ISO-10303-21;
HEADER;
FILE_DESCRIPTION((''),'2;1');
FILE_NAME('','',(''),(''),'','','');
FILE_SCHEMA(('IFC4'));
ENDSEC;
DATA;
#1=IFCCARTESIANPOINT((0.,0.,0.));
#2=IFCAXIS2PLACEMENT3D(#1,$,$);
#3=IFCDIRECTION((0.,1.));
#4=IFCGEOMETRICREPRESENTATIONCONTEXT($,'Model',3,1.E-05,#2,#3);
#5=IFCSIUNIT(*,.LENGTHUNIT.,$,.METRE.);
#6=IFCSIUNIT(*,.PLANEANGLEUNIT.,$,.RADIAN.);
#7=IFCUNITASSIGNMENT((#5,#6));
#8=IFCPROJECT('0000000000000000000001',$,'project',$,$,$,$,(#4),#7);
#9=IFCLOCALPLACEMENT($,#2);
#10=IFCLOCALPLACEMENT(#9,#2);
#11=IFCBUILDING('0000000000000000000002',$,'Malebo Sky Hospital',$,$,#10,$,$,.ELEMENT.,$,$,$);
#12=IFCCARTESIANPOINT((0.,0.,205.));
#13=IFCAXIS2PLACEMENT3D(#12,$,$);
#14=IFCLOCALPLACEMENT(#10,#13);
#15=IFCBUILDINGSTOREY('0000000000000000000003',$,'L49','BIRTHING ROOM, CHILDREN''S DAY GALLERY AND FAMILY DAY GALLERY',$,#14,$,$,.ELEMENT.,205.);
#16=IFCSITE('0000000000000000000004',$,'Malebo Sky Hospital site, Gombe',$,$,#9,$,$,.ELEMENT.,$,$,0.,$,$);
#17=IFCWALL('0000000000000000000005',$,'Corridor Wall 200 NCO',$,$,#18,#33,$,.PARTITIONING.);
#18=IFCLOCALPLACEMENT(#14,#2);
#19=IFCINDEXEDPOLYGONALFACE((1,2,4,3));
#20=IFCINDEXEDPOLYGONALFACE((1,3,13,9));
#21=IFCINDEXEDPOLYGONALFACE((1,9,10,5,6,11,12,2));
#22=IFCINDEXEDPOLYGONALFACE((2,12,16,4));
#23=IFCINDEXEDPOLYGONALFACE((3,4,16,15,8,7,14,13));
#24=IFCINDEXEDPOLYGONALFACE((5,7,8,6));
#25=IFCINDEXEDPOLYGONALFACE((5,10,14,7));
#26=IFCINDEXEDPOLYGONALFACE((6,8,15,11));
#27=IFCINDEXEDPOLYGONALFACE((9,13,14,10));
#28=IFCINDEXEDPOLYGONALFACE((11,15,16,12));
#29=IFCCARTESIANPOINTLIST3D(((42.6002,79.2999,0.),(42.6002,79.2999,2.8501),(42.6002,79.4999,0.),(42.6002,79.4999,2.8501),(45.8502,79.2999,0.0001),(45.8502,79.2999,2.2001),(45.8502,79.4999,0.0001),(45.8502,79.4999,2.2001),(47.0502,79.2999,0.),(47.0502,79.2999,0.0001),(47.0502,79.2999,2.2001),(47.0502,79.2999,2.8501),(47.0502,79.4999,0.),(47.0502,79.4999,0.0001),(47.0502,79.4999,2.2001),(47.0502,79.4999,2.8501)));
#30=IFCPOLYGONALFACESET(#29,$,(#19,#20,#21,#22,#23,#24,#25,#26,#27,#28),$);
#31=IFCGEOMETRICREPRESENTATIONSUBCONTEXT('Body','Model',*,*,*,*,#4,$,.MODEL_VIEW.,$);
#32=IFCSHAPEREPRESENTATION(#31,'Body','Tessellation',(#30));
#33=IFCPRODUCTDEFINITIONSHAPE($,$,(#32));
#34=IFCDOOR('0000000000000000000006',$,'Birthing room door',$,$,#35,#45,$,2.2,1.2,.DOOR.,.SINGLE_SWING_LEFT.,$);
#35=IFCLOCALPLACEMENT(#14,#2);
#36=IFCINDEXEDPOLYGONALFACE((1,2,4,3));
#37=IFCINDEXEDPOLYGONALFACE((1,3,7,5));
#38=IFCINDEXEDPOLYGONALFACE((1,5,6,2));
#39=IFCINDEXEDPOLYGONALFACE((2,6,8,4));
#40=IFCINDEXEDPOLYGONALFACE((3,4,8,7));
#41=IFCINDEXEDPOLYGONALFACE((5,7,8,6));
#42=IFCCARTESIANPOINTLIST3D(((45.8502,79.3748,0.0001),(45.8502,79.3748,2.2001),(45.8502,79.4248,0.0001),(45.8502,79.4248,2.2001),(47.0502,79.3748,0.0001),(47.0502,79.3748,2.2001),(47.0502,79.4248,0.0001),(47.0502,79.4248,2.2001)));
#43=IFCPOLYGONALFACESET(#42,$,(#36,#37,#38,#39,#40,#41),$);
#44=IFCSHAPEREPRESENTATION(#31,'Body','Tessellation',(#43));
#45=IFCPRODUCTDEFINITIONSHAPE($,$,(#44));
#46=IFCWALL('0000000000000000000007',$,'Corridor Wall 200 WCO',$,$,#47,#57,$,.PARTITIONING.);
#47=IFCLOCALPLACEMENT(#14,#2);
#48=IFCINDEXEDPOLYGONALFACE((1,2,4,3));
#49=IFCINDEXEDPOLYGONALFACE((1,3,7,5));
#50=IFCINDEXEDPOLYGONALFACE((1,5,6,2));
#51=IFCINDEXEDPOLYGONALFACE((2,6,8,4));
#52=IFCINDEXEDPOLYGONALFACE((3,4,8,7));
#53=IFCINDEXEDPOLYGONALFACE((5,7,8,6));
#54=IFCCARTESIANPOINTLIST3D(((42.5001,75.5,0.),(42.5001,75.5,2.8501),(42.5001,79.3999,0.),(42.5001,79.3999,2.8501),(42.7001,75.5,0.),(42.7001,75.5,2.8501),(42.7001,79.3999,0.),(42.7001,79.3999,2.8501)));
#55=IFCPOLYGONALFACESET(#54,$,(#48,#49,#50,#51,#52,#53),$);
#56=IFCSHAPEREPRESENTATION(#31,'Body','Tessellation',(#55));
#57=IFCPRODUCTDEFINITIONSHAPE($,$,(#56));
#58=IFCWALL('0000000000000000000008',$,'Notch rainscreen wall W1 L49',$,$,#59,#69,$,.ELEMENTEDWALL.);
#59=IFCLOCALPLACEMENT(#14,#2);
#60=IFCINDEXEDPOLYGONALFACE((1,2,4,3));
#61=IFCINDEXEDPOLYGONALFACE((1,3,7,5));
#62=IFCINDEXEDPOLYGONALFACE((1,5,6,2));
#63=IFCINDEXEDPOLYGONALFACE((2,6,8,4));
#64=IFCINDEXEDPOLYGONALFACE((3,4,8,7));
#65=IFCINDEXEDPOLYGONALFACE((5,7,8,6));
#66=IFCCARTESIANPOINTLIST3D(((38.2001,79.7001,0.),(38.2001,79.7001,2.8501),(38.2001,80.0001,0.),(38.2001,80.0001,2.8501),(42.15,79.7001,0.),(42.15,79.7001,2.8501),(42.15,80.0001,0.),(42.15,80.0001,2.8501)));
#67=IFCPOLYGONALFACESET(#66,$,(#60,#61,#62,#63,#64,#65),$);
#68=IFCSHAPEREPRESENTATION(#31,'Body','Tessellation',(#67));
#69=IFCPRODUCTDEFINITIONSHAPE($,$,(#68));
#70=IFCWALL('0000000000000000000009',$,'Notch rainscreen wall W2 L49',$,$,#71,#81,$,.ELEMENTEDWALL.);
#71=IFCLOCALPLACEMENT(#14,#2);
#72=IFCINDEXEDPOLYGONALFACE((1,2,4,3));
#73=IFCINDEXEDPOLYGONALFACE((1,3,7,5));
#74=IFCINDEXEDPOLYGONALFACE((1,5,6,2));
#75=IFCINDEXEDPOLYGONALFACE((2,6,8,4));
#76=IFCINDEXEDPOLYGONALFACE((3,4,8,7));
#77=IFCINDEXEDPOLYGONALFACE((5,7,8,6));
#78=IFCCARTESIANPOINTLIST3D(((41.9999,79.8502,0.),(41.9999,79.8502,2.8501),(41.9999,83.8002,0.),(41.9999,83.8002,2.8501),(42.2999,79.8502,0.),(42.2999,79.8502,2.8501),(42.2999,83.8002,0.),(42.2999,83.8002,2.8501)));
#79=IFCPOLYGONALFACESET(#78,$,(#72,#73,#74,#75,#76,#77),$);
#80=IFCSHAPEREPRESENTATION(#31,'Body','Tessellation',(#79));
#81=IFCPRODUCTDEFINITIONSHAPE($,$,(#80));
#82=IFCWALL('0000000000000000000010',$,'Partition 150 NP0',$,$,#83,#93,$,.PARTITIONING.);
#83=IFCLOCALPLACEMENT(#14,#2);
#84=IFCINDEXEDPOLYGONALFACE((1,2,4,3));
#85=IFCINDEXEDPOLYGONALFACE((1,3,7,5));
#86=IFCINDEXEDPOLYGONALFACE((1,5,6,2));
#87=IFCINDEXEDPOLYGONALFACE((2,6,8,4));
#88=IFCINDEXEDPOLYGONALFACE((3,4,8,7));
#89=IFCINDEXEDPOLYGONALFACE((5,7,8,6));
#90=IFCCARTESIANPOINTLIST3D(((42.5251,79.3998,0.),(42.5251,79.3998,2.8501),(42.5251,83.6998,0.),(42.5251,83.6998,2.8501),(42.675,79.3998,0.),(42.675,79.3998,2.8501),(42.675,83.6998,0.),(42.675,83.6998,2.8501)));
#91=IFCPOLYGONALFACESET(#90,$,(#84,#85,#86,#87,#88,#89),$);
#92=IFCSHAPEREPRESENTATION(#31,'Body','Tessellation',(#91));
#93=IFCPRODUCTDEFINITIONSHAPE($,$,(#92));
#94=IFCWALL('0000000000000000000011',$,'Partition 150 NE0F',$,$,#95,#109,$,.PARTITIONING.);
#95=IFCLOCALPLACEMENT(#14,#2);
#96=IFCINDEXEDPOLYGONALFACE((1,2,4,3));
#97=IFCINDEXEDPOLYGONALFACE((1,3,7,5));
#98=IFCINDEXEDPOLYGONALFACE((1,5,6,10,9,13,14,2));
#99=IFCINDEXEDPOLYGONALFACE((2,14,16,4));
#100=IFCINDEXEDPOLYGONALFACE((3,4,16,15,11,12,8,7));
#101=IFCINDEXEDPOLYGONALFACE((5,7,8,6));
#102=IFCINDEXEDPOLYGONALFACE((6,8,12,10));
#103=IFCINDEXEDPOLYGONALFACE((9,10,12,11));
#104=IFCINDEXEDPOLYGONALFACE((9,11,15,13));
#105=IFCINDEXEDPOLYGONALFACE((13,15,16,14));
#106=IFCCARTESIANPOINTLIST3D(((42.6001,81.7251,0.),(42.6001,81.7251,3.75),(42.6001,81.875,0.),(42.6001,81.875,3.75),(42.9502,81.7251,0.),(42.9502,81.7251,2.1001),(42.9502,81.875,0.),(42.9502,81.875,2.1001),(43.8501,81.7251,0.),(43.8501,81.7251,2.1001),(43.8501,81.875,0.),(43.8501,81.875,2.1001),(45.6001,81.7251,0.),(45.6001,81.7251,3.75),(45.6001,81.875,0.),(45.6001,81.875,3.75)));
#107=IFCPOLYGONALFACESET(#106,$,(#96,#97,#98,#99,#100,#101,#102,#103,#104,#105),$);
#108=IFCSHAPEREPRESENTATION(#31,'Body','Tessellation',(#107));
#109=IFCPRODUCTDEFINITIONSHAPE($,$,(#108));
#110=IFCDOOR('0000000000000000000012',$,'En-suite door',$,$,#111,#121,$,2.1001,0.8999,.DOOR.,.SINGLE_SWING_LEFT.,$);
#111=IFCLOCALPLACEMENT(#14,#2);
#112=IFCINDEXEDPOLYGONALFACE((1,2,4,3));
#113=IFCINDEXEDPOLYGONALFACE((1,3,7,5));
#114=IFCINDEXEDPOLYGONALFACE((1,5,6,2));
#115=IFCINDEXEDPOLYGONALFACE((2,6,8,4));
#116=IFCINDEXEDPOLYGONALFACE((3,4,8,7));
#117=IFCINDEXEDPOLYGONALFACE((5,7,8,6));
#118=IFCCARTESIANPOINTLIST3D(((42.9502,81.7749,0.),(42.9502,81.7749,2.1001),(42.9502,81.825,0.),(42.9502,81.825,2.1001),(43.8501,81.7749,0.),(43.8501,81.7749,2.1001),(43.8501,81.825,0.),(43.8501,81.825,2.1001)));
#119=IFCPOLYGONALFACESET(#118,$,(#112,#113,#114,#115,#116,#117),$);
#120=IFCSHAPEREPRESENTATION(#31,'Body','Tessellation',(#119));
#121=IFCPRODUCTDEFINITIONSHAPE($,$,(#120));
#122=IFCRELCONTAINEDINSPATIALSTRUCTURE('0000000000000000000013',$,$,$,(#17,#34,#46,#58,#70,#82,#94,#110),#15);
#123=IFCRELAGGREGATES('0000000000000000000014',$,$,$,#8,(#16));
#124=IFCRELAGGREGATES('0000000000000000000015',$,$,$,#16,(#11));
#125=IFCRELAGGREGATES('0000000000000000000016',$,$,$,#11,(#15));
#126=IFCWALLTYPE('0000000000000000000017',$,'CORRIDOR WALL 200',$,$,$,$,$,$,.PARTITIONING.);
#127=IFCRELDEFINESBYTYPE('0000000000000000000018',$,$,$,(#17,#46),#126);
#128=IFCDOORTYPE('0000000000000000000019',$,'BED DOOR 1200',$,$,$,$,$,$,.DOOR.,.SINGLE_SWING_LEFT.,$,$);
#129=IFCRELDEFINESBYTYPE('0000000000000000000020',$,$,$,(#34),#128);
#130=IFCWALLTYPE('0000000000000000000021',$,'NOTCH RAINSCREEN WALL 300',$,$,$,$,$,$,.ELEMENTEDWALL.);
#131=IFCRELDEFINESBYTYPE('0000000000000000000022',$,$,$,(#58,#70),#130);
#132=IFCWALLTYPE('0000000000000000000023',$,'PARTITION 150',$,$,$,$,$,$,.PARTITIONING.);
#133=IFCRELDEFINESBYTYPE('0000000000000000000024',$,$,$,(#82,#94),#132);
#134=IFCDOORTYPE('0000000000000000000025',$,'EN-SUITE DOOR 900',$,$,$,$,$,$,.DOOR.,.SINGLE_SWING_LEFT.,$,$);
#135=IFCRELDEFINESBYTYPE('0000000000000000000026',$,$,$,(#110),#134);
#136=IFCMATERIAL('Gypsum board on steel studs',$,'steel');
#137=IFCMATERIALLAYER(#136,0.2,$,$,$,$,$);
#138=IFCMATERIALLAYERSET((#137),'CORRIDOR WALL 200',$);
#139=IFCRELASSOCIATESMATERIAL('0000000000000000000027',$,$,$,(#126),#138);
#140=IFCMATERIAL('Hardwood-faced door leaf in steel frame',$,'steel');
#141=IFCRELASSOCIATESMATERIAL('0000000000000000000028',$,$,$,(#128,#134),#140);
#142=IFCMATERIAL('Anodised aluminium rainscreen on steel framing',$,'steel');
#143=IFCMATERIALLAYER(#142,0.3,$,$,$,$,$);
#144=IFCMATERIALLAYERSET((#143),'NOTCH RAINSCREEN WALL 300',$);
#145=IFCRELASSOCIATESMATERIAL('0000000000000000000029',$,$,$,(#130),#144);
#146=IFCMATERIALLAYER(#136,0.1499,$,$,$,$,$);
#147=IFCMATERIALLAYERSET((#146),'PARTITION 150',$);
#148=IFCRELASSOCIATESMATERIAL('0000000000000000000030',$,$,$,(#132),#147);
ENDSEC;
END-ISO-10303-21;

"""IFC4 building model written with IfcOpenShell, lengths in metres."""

from ifc_helpers import new_model, si_unit, direction, frame, frame_2d, origin, place, context, subcontext, project, spatial, rectangle, extrude, material, layer, layer_set, type_object, element, fill, save


model = new_model("IFC4")

# Units and contexts
model_context = context("Model", 3, precision=1e-05, world=origin(), true_north=direction((0.0, 1.0)))
body_context = subcontext(model_context, "Body", "Model", "MODEL_VIEW")
ifc_project = project(units=[si_unit("LENGTHUNIT", "METRE"), si_unit("PLANEANGLEUNIT", "RADIAN")], contexts=[model_context])

# Site, building, storey
site_placement = place(None, origin())
site = spatial("IfcSite", under=ifc_project, at=site_placement, Name="Malebo Sky Hospital site, Gombe", CompositionType="ELEMENT", RefElevation=0.0)
building_placement = place(site_placement, origin())
building = spatial("IfcBuilding", under=site, at=building_placement, Name="Malebo Sky Hospital", CompositionType="ELEMENT")
storey_placement = place(building_placement, frame((0.0, 0.0, 205.0)))
storey = spatial("IfcBuildingStorey", under=building, at=storey_placement, Name="L49", Description="BIRTHING ROOM, CHILDREN'S DAY GALLERY AND FAMILY DAY GALLERY", CompositionType="ELEMENT", Elevation=205.0)

# Wall, opening, door
ifc_material_1 = material(Name="Gypsum board on steel studs", Category="steel")
ifc_layer_1 = layer(ifc_material_1, 0.2)
ifc_layer_set_1 = layer_set([ifc_layer_1], Name="CORRIDOR WALL 200")
wall_type_1 = type_object("IfcWallType", Name="CORRIDOR WALL 200", PredefinedType="PARTITIONING", material=ifc_layer_set_1)
wall_1_placement = place(storey_placement, frame((42.6001, 79.3999, 0.0), z_axis=(0.0, 0.0, 1.0), x_axis=(1.0, 0.0, 0.0)))
wall_1 = element("IfcWall", 1, at=wall_1_placement, inside=storey, type_object=wall_type_1, Name="Corridor Wall 200 NCO", PredefinedType="PARTITIONING", context=body_context, shape_type="SweptSolid", body=[
    extrude(rectangle(XDim=4.45, YDim=0.2, at=frame_2d((2.2251, 0.0))), origin(), (0.0, 0.0, 1.0), 2.8501),
])
opening_1_placement = place(wall_1_placement, frame((3.25, 0.0, 0.0)))
opening_1 = element("IfcOpeningElement", 2, at=opening_1_placement, cuts=wall_1, PredefinedType="OPENING", context=body_context, shape_type="SweptSolid", body=[
    extrude(rectangle(XDim=1.2, YDim=2.2, at=frame_2d((0.6001, 1.1001))), frame((0.0, 0.1099, 0.0), z_axis=(0.0, -1.0, 0.0), x_axis=(1.0, 0.0, 0.0)), (0.0, 0.0, 1.0), 0.22),
])
ifc_material_2 = material(Name="Hardwood-faced door leaf in steel frame", Category="steel")
door_type_1 = type_object("IfcDoorType", Name="BED DOOR 1200", OperationType="SINGLE_SWING_LEFT", PredefinedType="DOOR", material=ifc_material_2)
door_1_placement = place(opening_1_placement, origin())
door_1 = element("IfcDoor", 3, at=door_1_placement, inside=storey, type_object=door_type_1, Name="Birthing room door", OperationType="SINGLE_SWING_LEFT", OverallHeight=2.2, OverallWidth=1.2, PredefinedType="DOOR", context=body_context, shape_type="SweptSolid", body=[
    extrude(rectangle(XDim=1.2, YDim=2.2, at=frame_2d((0.6001, 1.1001))), frame((0.0, 0.0249, 0.0), z_axis=(0.0, -1.0, 0.0), x_axis=(1.0, 0.0, 0.0)), (0.0, 0.0, 1.0), 0.05),
])
fill(opening_1, door_1)

# Walls
wall_2_placement = place(storey_placement, frame((42.6001, 75.5, 0.0), z_axis=(0.0, 0.0, 1.0), x_axis=(0.0, 1.0, 0.0)))
element("IfcWall", 4, at=wall_2_placement, inside=storey, type_object=wall_type_1, Name="Corridor Wall 200 WCO", PredefinedType="PARTITIONING", context=body_context, shape_type="SweptSolid", body=[
    extrude(rectangle(XDim=3.8999, YDim=0.2, at=frame_2d((1.95, 0.0))), origin(), (0.0, 0.0, 1.0), 2.8501),
])
ifc_material_3 = material(Name="Anodised aluminium rainscreen on steel framing", Category="steel")
ifc_layer_2 = layer(ifc_material_3, 0.3)
ifc_layer_set_2 = layer_set([ifc_layer_2], Name="NOTCH RAINSCREEN WALL 300")
wall_type_2 = type_object("IfcWallType", Name="NOTCH RAINSCREEN WALL 300", PredefinedType="ELEMENTEDWALL", material=ifc_layer_set_2)
for number, where, z_axis, x_axis, name in (
    (5, (38.2, 79.8501, 0.0), (0.0, 0.0, 1.0), (1.0, 0.0, 0.0), "Notch rainscreen wall W1 L49"),
    (6, (42.1499, 79.8501, 0.0), (0.0, 0.0, 1.0), (0.0, 1.0, 0.0), "Notch rainscreen wall W2 L49"),
):
    element("IfcWall", number, at=place(storey_placement, frame(where, z_axis=z_axis, x_axis=x_axis)), inside=storey, type_object=wall_type_2, Name=name, PredefinedType="ELEMENTEDWALL", context=body_context, shape_type="SweptSolid", body=[
        extrude(rectangle(XDim=3.95, YDim=0.3, at=frame_2d((1.9751, 0.0))), origin(), (0.0, 0.0, 1.0), 2.8501),
    ])
ifc_layer_3 = layer(ifc_material_1, 0.1499)
ifc_layer_set_3 = layer_set([ifc_layer_3], Name="PARTITION 150")
wall_type_3 = type_object("IfcWallType", Name="PARTITION 150", PredefinedType="PARTITIONING", material=ifc_layer_set_3)
wall_3_placement = place(storey_placement, frame((42.6001, 79.3999, 0.0), z_axis=(0.0, 0.0, 1.0), x_axis=(0.0, 1.0, 0.0)))
element("IfcWall", 7, at=wall_3_placement, inside=storey, type_object=wall_type_3, Name="Partition 150 NP0", PredefinedType="PARTITIONING", context=body_context, shape_type="SweptSolid", body=[
    extrude(rectangle(XDim=4.3, YDim=0.1499, at=frame_2d((2.1499, 0.0))), origin(), (0.0, 0.0, 1.0), 2.8501),
])

# Wall, opening, door
wall_4_placement = place(storey_placement, frame((42.6001, 81.8, 0.0), z_axis=(0.0, 0.0, 1.0), x_axis=(1.0, 0.0, 0.0)))
wall_4 = element("IfcWall", 8, at=wall_4_placement, inside=storey, type_object=wall_type_3, Name="Partition 150 NE0F", PredefinedType="PARTITIONING", context=body_context, shape_type="SweptSolid", body=[
    extrude(rectangle(XDim=3.0, YDim=0.1499, at=frame_2d((1.5, 0.0))), origin(), (0.0, 0.0, 1.0), 3.75),
])
opening_2_placement = place(wall_4_placement, frame((0.3501, 0.0, 0.0)))
opening_2 = element("IfcOpeningElement", 9, at=opening_2_placement, cuts=wall_4, PredefinedType="OPENING", context=body_context, shape_type="SweptSolid", body=[
    extrude(rectangle(XDim=0.8999, YDim=2.1001, at=frame_2d((0.45, 1.05))), frame((0.0, 0.085, 0.0), z_axis=(0.0, -1.0, 0.0), x_axis=(1.0, 0.0, 0.0)), (0.0, 0.0, 1.0), 0.1699),
])
door_type_2 = type_object("IfcDoorType", Name="EN-SUITE DOOR 900", OperationType="SINGLE_SWING_LEFT", PredefinedType="DOOR", material=ifc_material_2)
door_2_placement = place(opening_2_placement, origin())
door_2 = element("IfcDoor", 10, at=door_2_placement, inside=storey, type_object=door_type_2, Name="En-suite door", OperationType="SINGLE_SWING_LEFT", OverallHeight=2.1001, OverallWidth=0.8999, PredefinedType="DOOR", context=body_context, shape_type="SweptSolid", body=[
    extrude(rectangle(XDim=0.8999, YDim=2.1001, at=frame_2d((0.45, 1.05))), frame((0.0, 0.0249, 0.0), z_axis=(0.0, -1.0, 0.0), x_axis=(1.0, 0.0, 0.0)), (0.0, 0.0, 1.0), 0.05),
])
fill(opening_2, door_2)

save(model, "model.ifc")
